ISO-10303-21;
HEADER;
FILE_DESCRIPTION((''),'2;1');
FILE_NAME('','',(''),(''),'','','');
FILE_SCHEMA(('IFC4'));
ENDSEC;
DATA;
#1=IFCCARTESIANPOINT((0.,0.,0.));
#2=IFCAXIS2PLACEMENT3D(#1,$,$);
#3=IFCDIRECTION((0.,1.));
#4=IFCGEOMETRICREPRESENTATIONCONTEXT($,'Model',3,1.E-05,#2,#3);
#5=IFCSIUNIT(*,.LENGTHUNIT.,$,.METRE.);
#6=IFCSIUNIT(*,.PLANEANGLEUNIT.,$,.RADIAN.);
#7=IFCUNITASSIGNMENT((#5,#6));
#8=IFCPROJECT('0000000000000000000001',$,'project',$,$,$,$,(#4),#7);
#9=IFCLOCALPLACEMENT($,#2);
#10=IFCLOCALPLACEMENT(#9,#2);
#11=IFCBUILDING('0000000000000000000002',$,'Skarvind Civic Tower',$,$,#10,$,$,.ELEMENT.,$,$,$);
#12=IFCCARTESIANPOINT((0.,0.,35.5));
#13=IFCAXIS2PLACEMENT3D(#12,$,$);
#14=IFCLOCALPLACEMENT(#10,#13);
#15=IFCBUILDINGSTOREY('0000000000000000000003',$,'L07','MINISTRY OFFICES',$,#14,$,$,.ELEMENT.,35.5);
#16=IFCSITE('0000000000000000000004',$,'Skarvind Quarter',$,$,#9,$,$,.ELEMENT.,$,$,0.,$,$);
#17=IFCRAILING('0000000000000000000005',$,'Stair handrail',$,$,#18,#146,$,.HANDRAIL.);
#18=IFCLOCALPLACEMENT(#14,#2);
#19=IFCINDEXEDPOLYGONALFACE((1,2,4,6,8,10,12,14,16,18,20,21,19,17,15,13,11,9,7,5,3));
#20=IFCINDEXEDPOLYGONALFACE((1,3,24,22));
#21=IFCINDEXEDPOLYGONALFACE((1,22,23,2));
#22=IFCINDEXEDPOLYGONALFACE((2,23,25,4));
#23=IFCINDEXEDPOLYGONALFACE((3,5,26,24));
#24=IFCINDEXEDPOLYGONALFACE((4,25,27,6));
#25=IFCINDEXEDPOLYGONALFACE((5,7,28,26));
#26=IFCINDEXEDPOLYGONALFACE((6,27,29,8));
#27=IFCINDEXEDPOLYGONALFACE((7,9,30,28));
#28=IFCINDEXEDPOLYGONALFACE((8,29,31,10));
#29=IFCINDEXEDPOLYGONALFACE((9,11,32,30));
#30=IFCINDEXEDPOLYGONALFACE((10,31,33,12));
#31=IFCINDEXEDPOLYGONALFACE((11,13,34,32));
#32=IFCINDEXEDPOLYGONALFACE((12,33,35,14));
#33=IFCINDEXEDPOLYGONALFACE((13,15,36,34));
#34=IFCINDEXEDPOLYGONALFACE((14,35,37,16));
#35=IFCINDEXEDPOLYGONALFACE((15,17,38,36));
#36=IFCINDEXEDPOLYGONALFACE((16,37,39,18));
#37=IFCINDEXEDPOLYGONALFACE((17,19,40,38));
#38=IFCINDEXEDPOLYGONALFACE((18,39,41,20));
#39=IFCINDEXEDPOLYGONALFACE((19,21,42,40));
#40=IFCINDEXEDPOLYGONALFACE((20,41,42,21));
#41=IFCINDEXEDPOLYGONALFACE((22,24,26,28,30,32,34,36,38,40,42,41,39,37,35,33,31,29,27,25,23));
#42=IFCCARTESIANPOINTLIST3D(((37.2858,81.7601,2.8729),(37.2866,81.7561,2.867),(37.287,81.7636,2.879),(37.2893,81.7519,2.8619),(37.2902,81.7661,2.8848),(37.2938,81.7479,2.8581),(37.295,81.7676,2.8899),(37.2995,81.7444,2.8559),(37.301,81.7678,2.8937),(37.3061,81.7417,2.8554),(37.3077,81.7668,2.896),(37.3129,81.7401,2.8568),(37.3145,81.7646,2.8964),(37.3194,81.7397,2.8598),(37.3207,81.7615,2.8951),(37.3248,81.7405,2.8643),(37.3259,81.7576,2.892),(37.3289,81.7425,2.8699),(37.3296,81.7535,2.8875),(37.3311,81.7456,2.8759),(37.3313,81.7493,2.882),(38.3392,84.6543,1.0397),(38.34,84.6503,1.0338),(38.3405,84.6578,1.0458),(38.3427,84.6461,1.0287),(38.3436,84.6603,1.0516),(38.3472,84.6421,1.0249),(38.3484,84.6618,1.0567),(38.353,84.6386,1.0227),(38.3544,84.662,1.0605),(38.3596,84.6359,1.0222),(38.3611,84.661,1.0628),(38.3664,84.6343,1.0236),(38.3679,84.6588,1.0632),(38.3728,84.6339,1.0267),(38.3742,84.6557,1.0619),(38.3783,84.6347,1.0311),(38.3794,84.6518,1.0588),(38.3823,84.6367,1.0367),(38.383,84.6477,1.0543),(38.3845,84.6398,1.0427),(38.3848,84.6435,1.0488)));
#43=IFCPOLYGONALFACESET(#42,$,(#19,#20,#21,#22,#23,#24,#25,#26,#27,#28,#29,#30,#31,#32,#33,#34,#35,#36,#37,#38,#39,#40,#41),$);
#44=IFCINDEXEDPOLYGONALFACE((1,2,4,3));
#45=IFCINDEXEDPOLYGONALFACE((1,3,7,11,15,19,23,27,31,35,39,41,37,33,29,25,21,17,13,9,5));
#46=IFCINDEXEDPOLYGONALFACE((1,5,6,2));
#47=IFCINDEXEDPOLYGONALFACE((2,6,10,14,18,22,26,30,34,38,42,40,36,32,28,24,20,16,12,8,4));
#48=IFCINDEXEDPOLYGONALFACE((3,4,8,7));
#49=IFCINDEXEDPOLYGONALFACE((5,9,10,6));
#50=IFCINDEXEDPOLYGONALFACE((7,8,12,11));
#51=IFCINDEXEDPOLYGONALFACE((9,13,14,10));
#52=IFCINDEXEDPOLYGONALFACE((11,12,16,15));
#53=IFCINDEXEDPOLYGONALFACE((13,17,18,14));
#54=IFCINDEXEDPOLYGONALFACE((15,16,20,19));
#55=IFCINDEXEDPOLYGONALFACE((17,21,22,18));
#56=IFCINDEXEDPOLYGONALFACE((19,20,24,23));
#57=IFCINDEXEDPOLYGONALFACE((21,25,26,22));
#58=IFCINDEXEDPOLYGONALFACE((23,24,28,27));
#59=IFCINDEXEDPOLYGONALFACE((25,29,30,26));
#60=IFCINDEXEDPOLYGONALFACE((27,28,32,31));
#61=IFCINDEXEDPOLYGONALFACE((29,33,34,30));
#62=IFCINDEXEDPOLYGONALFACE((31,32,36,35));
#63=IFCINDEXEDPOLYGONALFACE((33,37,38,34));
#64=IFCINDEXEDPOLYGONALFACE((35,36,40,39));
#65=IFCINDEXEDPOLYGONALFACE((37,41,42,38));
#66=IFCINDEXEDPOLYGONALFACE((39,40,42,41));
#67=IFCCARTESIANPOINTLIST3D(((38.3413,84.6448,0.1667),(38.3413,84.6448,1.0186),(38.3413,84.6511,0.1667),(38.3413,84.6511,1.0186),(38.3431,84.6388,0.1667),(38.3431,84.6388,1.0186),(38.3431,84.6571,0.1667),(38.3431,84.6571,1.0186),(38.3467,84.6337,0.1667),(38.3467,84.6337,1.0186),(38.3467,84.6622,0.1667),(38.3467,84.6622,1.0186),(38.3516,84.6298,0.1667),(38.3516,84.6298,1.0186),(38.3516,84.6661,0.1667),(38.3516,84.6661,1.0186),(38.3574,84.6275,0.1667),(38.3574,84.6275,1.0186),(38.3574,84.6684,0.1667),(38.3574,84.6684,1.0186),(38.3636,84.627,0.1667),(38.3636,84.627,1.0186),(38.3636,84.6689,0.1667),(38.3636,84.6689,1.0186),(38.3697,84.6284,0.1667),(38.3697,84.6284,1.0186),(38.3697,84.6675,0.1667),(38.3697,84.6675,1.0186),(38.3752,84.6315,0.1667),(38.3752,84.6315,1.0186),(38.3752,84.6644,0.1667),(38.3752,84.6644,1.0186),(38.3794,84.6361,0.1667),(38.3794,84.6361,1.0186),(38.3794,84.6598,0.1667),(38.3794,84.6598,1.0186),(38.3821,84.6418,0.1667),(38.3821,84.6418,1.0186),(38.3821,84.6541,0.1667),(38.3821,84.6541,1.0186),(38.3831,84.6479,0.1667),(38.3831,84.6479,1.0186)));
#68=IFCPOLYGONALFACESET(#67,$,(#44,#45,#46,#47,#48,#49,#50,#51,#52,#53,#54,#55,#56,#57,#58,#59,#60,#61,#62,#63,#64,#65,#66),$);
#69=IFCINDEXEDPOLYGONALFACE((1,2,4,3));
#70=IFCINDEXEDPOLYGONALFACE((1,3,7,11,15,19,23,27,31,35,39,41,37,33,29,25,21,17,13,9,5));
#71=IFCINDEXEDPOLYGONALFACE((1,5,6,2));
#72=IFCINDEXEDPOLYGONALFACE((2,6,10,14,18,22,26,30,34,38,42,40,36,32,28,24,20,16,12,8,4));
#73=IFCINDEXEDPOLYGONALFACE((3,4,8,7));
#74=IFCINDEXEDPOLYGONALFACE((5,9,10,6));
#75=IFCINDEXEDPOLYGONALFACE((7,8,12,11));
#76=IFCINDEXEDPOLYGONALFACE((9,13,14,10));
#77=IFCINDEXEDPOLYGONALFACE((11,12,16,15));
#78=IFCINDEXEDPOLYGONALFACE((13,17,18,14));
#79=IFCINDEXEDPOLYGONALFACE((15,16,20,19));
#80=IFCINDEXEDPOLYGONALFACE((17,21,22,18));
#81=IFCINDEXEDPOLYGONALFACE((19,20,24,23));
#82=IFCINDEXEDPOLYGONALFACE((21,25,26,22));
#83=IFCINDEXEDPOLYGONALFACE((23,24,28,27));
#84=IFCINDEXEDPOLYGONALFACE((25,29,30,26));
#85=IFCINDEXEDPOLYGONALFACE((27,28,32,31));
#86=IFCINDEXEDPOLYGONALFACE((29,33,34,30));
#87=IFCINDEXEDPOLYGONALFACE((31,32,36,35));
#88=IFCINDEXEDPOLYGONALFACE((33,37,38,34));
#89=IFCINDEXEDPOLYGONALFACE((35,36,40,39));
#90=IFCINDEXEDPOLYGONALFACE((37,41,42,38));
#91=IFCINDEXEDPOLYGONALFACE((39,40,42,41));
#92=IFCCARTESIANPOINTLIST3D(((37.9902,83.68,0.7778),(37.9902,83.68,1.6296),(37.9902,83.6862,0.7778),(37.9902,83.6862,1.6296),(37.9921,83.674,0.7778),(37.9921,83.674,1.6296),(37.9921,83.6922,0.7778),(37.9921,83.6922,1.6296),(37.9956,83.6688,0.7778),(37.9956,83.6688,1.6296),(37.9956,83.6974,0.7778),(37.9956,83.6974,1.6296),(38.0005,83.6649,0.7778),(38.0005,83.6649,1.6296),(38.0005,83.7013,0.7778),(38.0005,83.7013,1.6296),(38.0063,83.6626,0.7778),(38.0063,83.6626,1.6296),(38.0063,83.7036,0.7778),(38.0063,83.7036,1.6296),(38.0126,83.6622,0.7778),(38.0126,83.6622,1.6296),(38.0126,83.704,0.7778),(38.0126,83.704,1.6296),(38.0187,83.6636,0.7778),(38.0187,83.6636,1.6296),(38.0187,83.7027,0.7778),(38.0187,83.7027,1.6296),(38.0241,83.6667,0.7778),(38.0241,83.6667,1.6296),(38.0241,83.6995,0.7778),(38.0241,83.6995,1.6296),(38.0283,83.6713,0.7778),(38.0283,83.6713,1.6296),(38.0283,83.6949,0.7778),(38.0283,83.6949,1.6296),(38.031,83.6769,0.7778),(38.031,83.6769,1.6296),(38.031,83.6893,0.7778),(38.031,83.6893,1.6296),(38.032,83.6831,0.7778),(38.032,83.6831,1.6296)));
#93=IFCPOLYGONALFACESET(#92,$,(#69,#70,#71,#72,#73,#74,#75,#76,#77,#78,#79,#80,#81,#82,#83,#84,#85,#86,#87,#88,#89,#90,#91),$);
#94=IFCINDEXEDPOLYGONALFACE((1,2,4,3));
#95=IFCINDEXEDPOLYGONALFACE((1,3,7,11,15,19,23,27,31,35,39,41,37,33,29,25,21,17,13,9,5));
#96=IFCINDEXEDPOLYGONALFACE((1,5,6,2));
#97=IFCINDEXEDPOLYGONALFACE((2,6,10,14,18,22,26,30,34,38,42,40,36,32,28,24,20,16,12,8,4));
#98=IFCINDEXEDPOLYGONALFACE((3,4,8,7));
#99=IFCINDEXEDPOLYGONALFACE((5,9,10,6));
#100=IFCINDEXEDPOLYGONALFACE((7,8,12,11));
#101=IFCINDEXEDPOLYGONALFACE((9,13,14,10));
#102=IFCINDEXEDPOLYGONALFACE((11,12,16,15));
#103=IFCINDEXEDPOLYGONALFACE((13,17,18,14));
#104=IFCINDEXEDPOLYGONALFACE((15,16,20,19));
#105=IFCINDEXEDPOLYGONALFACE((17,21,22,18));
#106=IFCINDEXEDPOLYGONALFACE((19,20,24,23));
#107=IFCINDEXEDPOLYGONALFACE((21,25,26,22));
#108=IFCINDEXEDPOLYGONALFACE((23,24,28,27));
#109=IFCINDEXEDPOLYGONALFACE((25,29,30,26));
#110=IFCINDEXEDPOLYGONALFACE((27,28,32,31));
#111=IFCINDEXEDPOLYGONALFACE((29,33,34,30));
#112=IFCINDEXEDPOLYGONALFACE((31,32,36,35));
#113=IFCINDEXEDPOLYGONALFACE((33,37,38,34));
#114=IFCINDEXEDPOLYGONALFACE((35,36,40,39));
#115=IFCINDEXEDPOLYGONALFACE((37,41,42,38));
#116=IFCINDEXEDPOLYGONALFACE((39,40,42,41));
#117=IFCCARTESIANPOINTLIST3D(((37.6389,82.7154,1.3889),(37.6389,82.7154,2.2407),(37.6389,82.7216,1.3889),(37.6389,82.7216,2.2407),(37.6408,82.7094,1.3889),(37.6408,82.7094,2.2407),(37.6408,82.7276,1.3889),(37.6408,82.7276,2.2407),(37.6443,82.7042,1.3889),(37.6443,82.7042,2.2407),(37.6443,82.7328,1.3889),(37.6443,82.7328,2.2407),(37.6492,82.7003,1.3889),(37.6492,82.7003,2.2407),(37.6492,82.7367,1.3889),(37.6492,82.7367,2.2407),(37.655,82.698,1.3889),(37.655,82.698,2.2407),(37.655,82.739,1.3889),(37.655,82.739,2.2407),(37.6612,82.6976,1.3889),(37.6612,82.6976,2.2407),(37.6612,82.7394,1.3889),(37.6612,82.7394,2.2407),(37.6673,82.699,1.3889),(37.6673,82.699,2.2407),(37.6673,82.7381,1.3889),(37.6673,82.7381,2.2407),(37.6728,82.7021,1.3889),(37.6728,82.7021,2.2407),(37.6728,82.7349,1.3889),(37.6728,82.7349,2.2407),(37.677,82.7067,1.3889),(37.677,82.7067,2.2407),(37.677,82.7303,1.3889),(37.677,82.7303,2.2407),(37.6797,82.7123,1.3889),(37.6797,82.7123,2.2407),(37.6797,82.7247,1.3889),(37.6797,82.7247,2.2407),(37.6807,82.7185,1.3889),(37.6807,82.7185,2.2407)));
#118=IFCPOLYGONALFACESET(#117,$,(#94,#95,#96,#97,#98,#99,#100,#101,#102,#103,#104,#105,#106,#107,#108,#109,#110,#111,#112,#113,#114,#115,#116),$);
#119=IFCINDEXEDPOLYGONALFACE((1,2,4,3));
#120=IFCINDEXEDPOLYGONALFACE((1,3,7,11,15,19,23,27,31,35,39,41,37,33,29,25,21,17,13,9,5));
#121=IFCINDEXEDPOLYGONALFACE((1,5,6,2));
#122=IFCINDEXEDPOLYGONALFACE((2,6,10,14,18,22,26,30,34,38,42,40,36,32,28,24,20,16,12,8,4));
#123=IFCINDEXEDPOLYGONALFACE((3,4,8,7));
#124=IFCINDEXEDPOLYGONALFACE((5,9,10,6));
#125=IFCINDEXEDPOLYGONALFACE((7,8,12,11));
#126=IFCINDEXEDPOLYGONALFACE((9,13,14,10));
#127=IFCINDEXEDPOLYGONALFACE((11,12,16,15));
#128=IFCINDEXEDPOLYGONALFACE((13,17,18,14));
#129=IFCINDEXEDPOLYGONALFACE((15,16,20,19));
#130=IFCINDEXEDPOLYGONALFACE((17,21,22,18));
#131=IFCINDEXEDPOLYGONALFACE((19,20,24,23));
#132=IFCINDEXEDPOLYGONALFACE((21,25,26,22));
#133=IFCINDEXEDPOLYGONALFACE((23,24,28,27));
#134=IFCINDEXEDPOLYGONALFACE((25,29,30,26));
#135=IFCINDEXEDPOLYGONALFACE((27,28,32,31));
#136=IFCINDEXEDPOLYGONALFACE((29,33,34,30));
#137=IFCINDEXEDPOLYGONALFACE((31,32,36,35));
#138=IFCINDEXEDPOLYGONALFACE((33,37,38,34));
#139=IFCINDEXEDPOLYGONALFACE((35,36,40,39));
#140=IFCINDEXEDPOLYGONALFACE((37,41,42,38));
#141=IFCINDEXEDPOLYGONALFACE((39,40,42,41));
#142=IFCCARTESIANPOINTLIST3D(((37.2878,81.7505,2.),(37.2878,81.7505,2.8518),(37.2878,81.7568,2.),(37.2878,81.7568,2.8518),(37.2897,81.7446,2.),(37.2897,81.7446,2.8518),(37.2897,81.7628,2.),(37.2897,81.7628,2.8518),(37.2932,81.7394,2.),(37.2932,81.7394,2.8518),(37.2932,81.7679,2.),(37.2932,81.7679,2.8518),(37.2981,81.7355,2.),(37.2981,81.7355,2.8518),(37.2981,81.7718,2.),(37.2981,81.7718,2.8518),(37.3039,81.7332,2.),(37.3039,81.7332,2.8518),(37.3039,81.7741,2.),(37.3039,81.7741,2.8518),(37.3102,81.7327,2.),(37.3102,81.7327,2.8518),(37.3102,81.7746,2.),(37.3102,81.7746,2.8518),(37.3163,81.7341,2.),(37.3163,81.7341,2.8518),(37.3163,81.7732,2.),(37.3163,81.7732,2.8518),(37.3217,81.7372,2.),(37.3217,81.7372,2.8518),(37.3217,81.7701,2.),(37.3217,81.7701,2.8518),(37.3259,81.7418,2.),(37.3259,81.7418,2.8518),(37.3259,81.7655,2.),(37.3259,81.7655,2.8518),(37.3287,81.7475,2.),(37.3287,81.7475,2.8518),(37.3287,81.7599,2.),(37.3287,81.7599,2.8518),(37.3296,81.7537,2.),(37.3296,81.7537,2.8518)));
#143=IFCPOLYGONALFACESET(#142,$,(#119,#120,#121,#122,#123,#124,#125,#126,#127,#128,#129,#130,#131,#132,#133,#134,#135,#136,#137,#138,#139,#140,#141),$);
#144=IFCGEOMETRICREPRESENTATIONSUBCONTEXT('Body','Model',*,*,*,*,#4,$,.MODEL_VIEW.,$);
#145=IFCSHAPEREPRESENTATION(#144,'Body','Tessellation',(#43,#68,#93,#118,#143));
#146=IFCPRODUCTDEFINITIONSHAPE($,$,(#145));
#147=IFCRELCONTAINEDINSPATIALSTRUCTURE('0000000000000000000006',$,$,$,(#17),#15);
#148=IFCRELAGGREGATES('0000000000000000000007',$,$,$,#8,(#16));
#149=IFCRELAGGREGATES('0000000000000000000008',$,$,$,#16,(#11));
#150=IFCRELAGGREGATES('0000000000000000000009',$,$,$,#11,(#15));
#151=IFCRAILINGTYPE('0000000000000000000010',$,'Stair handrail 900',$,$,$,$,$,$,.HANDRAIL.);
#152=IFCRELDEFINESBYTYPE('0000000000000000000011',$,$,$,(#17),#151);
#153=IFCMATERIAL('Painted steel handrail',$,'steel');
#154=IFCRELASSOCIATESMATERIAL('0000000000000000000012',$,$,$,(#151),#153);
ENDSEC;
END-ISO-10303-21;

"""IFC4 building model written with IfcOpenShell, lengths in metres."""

from ifc_helpers import new_model, si_unit, direction, frame, origin, origin_2d, place, context, subcontext, project, spatial, circle, extrude, material, type_object, element, save


model = new_model("IFC4")

# Units and contexts
model_context = context("Model", 3, precision=1e-05, world=origin(), true_north=direction((0.0, 1.0)))
body_context = subcontext(model_context, "Body", "Model", "MODEL_VIEW")
ifc_project = project(units=[si_unit("LENGTHUNIT", "METRE"), si_unit("PLANEANGLEUNIT", "RADIAN")], contexts=[model_context])

# Site, building, storey
site_placement = place(None, origin())
site = spatial("IfcSite", under=ifc_project, at=site_placement, Name="Skarvind Quarter", CompositionType="ELEMENT", RefElevation=0.0)
building_placement = place(site_placement, origin())
building = spatial("IfcBuilding", under=site, at=building_placement, Name="Skarvind Civic Tower", CompositionType="ELEMENT")
storey_placement = place(building_placement, frame((0.0, 0.0, 35.5)))
storey = spatial("IfcBuildingStorey", under=building, at=storey_placement, Name="L07", Description="MINISTRY OFFICES", CompositionType="ELEMENT", Elevation=35.5)

# Railing
ifc_material_1 = material(Name="Painted steel handrail", Category="steel")
railing_type = type_object("IfcRailingType", Name="Stair handrail 900", PredefinedType="HANDRAIL", material=ifc_material_1)
railing_1_placement = place(storey_placement, frame((38.3621, 84.6479, 0.1667)))
element("IfcRailing", 1, at=railing_1_placement, inside=storey, type_object=railing_type, Name="Stair handrail", PredefinedType="HANDRAIL", context=body_context, shape_type="SweptSolid", body=[
    extrude(circle(Radius=0.0239, at=origin_2d()), frame((0.0, 0.0, 0.876), z_axis=(-0.293908, -0.807481, 0.511461), x_axis=(0.939689, -0.342029, 0.0)), (0.0, 0.0, 1.0), 3.5842),
    extrude(circle(Radius=0.021, at=origin_2d()), origin(), (0.0, 0.0, 1.0), 0.8518),
    extrude(circle(Radius=0.021, at=origin_2d()), frame((-0.3511, -0.9648, 0.6111)), (0.0, 0.0, 1.0), 0.8518),
    extrude(circle(Radius=0.021, at=origin_2d()), frame((-0.7024, -1.9294, 1.2222)), (0.0, 0.0, 1.0), 0.8518),
    extrude(circle(Radius=0.021, at=origin_2d()), frame((-1.0535, -2.8943, 1.8333)), (0.0, 0.0, 1.0), 0.8518),
])

save(model, "model.ifc")
